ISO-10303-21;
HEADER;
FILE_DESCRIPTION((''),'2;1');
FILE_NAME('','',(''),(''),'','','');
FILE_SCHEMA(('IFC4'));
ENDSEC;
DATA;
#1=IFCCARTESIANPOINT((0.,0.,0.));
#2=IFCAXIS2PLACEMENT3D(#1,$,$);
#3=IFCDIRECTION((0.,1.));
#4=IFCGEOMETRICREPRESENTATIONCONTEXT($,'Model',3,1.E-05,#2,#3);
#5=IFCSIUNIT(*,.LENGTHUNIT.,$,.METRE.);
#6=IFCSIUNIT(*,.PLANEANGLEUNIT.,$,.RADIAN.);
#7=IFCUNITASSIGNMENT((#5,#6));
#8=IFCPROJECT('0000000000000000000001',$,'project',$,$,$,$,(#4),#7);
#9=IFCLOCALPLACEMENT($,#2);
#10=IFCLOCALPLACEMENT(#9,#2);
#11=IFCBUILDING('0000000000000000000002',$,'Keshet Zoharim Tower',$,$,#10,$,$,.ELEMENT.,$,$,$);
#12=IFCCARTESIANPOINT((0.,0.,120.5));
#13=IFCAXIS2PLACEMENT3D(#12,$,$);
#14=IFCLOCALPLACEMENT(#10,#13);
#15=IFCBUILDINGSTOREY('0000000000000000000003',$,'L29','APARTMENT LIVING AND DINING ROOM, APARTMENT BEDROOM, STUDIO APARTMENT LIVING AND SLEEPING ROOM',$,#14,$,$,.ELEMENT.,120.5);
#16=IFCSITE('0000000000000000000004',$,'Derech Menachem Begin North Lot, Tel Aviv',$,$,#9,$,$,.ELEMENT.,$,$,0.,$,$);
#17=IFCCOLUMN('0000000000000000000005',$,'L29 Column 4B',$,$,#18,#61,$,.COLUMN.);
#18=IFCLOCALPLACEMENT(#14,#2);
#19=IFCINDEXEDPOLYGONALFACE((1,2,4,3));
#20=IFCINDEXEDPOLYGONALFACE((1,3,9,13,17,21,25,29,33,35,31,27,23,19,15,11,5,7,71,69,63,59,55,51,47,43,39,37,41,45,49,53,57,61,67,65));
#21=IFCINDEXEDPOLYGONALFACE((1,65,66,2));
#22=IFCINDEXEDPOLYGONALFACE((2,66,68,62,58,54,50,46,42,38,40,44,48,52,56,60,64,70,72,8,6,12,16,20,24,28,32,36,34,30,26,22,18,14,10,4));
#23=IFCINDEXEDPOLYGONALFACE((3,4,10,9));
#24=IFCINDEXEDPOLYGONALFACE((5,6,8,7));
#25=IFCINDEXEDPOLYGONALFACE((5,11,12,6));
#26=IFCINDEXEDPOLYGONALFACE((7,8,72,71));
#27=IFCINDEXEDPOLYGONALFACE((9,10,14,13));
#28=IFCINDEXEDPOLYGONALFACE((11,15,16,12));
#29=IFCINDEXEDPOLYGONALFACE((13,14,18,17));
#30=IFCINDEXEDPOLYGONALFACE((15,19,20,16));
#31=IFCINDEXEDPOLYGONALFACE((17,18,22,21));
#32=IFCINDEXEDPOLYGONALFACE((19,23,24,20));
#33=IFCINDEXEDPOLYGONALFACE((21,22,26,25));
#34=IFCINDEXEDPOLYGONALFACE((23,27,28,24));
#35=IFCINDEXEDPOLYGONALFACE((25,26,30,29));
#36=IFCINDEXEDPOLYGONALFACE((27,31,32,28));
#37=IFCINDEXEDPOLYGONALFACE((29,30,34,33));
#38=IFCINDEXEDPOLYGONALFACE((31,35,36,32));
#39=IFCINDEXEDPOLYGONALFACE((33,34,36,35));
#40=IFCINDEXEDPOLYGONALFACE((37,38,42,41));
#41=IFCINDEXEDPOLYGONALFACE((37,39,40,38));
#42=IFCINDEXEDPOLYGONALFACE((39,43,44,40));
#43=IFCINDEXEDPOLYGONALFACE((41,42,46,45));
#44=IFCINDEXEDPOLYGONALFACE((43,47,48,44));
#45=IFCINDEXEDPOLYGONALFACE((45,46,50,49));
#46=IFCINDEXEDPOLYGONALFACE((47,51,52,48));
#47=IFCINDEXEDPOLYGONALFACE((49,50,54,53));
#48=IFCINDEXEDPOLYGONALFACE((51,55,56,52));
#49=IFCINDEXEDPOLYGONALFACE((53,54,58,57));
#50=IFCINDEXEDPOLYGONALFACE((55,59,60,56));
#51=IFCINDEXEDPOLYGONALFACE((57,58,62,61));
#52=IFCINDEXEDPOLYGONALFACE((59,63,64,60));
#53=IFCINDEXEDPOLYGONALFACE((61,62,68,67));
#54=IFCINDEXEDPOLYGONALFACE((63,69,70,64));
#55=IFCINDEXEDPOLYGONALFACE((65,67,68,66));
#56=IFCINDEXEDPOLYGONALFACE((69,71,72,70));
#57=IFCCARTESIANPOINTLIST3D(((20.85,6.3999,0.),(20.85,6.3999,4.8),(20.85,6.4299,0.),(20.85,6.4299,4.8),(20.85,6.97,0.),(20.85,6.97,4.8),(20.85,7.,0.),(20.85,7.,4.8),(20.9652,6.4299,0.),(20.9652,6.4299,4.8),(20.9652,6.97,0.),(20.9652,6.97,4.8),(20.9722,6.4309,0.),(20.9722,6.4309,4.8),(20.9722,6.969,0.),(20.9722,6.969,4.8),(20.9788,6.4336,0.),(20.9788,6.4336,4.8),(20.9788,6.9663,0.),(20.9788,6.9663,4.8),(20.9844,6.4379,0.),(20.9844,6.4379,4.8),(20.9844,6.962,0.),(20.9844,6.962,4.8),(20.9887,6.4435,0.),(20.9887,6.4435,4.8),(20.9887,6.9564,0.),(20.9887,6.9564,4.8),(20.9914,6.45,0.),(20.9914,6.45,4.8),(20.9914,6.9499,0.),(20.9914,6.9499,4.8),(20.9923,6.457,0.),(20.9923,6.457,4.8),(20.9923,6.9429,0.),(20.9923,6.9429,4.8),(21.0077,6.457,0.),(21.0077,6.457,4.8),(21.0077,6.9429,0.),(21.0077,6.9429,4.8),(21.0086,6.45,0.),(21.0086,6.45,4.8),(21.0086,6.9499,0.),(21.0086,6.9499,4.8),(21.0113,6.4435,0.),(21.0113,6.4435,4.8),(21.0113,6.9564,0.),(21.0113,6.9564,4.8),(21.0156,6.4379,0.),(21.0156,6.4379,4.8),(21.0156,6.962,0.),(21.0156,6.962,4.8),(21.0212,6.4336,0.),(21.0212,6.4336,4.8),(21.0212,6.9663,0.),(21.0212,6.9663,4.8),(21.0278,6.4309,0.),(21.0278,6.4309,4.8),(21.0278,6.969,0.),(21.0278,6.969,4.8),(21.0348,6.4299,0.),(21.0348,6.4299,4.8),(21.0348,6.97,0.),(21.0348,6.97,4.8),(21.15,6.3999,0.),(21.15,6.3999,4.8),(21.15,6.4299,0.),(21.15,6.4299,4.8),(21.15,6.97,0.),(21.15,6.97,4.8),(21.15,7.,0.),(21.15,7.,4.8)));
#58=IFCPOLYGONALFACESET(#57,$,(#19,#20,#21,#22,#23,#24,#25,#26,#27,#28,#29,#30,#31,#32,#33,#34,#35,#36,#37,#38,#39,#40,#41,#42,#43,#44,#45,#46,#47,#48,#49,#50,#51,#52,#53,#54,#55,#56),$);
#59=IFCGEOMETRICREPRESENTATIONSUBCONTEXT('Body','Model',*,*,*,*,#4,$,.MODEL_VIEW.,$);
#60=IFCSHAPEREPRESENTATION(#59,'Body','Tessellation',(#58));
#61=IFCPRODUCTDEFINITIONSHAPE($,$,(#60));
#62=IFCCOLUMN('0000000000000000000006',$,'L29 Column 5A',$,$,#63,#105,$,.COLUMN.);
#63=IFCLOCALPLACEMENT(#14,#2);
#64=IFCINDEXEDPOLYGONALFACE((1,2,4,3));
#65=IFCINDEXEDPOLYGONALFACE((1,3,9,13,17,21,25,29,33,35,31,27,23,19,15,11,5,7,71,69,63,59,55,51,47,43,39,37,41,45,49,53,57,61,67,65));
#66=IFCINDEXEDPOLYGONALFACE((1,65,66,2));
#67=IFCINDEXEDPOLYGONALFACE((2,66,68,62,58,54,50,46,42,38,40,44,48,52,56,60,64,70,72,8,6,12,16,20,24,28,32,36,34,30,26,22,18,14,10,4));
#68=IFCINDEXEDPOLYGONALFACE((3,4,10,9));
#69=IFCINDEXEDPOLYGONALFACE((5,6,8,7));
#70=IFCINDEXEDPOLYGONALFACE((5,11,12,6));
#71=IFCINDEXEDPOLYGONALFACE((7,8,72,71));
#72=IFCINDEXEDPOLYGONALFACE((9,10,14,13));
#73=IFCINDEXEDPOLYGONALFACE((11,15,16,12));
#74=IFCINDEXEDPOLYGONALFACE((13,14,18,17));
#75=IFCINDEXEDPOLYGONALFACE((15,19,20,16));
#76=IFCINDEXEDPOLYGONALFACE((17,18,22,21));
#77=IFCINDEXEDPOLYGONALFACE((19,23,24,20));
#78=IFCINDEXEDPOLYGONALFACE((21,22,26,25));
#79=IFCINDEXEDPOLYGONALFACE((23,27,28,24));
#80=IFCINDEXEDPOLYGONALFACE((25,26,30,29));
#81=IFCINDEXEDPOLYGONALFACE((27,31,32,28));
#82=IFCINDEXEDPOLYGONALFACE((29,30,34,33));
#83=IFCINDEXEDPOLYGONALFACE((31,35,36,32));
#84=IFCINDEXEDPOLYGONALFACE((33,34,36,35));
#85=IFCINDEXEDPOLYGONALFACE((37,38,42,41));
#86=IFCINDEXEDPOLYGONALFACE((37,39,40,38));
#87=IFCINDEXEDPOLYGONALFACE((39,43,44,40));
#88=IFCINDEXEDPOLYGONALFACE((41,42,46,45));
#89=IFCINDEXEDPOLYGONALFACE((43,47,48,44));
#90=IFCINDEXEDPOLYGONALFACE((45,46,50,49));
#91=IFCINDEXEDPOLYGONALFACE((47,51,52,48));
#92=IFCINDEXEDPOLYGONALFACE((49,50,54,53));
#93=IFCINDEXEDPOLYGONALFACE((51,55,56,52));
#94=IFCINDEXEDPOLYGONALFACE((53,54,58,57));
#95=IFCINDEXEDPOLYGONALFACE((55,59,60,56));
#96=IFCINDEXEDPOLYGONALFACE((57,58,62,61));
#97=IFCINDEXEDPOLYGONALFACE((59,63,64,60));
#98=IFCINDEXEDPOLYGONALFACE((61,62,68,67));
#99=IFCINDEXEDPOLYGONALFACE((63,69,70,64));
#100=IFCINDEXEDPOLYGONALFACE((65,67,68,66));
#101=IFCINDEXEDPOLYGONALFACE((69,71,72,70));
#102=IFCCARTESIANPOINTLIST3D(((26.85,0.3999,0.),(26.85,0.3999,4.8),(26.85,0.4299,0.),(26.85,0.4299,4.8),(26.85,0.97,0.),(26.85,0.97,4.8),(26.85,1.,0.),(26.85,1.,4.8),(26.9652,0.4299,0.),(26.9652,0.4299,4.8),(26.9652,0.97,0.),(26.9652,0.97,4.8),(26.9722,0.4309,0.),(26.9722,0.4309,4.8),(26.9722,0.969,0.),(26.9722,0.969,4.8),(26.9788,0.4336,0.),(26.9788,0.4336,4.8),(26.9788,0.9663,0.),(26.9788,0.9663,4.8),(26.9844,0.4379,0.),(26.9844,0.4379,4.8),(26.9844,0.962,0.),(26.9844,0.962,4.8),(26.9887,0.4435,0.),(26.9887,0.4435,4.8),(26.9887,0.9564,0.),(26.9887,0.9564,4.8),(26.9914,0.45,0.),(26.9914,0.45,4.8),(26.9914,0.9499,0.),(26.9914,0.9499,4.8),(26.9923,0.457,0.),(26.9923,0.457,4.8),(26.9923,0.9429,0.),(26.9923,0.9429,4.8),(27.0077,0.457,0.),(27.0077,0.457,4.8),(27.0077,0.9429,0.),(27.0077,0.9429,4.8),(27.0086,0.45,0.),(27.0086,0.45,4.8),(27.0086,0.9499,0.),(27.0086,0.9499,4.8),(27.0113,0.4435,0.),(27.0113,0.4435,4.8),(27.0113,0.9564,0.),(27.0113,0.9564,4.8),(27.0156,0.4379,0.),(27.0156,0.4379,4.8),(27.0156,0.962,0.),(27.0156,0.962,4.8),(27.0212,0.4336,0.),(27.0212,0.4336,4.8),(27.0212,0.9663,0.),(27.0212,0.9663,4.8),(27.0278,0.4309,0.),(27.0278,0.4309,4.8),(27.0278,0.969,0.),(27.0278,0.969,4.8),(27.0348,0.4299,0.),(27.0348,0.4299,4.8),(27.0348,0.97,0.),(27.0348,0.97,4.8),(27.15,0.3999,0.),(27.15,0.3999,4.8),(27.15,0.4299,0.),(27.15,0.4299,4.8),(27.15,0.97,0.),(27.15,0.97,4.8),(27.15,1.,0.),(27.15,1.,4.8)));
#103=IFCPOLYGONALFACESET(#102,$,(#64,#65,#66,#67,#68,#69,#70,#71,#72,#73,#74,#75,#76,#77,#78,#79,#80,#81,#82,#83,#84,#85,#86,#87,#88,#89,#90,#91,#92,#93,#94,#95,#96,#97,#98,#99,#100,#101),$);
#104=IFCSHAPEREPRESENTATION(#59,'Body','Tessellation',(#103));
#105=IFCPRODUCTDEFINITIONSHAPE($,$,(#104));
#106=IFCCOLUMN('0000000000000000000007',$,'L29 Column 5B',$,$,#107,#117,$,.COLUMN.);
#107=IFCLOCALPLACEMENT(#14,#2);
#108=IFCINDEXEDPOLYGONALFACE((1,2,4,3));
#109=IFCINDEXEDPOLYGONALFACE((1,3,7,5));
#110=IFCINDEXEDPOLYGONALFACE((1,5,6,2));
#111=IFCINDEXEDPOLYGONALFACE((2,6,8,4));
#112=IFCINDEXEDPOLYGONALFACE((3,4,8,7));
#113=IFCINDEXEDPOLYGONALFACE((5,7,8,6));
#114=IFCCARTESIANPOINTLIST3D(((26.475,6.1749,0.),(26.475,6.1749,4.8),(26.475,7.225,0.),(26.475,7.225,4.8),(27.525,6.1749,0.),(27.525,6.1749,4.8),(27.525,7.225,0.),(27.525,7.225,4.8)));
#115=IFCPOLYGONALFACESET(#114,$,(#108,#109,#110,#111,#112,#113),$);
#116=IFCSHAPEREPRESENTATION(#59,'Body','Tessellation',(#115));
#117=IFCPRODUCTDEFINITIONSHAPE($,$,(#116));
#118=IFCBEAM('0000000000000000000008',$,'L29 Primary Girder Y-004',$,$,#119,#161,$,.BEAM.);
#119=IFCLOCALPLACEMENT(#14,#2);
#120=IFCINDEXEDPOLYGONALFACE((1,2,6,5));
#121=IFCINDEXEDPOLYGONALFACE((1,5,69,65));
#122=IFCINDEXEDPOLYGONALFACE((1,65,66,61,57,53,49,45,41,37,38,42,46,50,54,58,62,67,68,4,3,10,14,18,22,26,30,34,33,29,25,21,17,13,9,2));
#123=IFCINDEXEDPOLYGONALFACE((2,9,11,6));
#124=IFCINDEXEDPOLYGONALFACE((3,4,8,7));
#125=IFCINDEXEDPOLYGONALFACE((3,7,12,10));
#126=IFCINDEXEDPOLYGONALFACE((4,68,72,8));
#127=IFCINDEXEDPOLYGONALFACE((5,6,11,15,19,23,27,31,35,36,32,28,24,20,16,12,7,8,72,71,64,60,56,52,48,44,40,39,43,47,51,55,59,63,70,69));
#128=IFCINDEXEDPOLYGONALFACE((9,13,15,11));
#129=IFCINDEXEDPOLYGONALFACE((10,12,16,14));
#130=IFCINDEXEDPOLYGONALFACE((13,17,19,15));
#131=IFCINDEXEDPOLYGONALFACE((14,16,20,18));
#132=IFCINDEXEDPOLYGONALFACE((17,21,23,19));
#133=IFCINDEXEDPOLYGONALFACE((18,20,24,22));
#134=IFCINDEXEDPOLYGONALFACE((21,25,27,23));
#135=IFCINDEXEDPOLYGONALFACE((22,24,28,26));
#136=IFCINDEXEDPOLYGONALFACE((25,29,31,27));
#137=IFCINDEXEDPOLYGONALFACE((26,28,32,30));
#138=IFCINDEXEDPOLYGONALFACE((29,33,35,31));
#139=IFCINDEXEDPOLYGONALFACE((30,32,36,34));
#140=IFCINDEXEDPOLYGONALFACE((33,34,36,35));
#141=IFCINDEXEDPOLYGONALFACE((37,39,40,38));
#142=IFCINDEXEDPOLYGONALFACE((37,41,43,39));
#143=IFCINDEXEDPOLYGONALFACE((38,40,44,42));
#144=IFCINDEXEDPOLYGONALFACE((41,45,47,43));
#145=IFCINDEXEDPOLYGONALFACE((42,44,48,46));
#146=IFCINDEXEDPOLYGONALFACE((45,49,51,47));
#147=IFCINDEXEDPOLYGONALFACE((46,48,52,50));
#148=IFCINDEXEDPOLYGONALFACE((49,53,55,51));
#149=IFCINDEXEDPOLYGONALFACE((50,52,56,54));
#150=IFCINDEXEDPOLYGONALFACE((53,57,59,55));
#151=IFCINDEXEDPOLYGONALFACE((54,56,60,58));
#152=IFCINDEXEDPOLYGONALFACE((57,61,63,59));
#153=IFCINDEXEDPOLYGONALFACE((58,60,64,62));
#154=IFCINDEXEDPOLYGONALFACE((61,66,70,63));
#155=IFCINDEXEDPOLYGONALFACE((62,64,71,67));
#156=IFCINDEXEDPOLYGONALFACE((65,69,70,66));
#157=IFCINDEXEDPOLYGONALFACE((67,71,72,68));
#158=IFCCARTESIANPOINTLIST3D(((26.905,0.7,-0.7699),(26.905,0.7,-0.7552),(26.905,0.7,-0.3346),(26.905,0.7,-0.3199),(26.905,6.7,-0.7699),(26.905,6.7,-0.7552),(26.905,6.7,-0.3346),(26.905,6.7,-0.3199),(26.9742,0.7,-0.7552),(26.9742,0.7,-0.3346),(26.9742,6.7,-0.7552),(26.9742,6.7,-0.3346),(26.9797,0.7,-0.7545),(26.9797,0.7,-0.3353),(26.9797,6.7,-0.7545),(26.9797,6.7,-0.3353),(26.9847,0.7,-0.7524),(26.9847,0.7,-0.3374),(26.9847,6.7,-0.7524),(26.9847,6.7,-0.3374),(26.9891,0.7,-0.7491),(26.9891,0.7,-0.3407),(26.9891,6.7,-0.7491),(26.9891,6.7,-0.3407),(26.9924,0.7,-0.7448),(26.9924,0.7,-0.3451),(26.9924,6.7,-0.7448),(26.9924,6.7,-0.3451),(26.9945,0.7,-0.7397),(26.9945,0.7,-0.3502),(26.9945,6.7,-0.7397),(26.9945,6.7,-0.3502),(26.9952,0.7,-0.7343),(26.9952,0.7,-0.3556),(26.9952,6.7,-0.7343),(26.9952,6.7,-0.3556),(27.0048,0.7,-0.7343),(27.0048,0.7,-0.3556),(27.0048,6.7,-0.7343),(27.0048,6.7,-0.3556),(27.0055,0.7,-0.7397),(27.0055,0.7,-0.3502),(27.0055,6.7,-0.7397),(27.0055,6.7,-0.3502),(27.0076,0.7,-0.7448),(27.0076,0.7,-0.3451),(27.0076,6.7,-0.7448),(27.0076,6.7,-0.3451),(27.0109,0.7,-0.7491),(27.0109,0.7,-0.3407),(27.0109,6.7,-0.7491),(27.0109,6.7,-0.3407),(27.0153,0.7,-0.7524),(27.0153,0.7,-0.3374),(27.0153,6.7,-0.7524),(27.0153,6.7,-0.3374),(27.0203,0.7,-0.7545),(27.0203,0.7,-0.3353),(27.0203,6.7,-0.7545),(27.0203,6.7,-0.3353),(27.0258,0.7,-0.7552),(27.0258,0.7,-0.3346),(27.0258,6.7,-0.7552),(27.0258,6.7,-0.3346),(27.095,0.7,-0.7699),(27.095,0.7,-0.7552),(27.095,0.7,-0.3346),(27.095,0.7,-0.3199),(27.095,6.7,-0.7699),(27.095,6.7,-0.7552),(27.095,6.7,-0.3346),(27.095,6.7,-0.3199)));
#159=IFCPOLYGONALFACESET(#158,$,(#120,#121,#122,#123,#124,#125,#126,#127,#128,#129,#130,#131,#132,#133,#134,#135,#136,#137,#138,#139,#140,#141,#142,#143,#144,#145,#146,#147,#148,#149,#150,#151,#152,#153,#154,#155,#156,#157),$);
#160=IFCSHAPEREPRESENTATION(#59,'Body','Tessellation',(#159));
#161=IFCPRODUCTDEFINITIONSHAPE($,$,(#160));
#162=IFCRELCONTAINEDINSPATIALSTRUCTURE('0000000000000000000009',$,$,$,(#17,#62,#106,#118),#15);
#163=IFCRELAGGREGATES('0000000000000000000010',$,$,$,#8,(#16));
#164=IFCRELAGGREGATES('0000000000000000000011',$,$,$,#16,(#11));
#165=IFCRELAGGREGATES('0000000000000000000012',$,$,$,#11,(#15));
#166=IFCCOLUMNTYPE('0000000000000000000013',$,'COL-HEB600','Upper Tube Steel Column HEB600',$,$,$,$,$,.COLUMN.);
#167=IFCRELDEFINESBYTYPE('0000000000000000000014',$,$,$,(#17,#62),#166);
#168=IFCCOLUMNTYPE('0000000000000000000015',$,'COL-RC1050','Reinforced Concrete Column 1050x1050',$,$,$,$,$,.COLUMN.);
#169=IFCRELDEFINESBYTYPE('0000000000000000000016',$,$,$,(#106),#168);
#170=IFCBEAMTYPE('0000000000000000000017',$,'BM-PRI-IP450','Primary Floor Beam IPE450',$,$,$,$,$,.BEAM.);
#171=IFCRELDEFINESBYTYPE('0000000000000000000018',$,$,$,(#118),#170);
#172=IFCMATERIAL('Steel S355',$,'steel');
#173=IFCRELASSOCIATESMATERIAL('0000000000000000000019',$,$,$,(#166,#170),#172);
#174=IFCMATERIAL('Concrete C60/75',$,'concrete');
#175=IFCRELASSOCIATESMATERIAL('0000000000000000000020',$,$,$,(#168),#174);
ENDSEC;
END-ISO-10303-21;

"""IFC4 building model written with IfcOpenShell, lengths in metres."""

from ifc_helpers import new_model, si_unit, direction, frame, origin, origin_2d, place, context, subcontext, project, spatial, rectangle, i_section, extrude, material, material_profile, profile_set, type_object, element, save


model = new_model("IFC4")

# Units and contexts
model_context = context("Model", 3, precision=1e-05, world=origin(), true_north=direction((0.0, 1.0)))
body_context = subcontext(model_context, "Body", "Model", "MODEL_VIEW")
ifc_project = project(units=[si_unit("LENGTHUNIT", "METRE"), si_unit("PLANEANGLEUNIT", "RADIAN")], contexts=[model_context])

# Site, building, storey
site_placement = place(None, origin())
site = spatial("IfcSite", under=ifc_project, at=site_placement, Name="Derech Menachem Begin North Lot, Tel Aviv", CompositionType="ELEMENT", RefElevation=0.0)
building_placement = place(site_placement, origin())
building = spatial("IfcBuilding", under=site, at=building_placement, Name="Keshet Zoharim Tower", CompositionType="ELEMENT")
storey_placement = place(building_placement, frame((0.0, 0.0, 120.5)))
storey = spatial("IfcBuildingStorey", under=building, at=storey_placement, Name="L29", Description="APARTMENT LIVING AND DINING ROOM, APARTMENT BEDROOM, STUDIO APARTMENT LIVING AND SLEEPING ROOM", CompositionType="ELEMENT", Elevation=120.5)

# Columns
ifc_material_1 = material(Name="Steel S355", Category="steel")
ifc_material_profile_1 = material_profile(ifc_material_1, i_section(OverallWidth=0.3, OverallDepth=0.6001, WebThickness=0.0154, FlangeThickness=0.03, FilletRadius=0.0271, at=origin_2d()), Name="HEB600")
ifc_profile_set_1 = profile_set([ifc_material_profile_1], Name="Steel S355")
column_type_1 = type_object("IfcColumnType", Name="COL-HEB600", Description="Upper Tube Steel Column HEB600", PredefinedType="COLUMN", material=ifc_profile_set_1)
for number, where, z_axis, x_axis, name in (
    (1, (21.0, 6.7, 0.0), (0.0, 0.0, 1.0), (1.0, 0.0, 0.0), "L29 Column 4B"),
    (2, (27.0, 0.7, 0.0), (0.0, 0.0, 1.0), (1.0, 0.0, 0.0), "L29 Column 5A"),
):
    element("IfcColumn", number, at=place(storey_placement, frame(where, z_axis=z_axis, x_axis=x_axis)), inside=storey, type_object=column_type_1, Name=name, PredefinedType="COLUMN", context=body_context, shape_type="SweptSolid", body=[
        extrude(i_section(OverallWidth=0.3, OverallDepth=0.6001, WebThickness=0.0154, FlangeThickness=0.03, FilletRadius=0.0271, at=origin_2d()), origin(), (0.0, 0.0, 1.0), 4.8),
    ])
ifc_material_2 = material(Name="Concrete C60/75", Category="concrete")
ifc_material_profile_2 = material_profile(ifc_material_2, rectangle(XDim=1.05, YDim=1.05, at=origin_2d()), Name="RC1050x1050")
ifc_profile_set_2 = profile_set([ifc_material_profile_2], Name="Concrete C60/75")
column_type_2 = type_object("IfcColumnType", Name="COL-RC1050", Description="Reinforced Concrete Column 1050x1050", PredefinedType="COLUMN", material=ifc_profile_set_2)
column_placement = place(storey_placement, frame((27.0, 6.7, 0.0), z_axis=(0.0, 0.0, 1.0), x_axis=(1.0, 0.0, 0.0)))
element("IfcColumn", 3, at=column_placement, inside=storey, type_object=column_type_2, Name="L29 Column 5B", PredefinedType="COLUMN", context=body_context, shape_type="SweptSolid", body=[
    extrude(rectangle(XDim=1.05, YDim=1.05, at=origin_2d()), origin(), (0.0, 0.0, 1.0), 4.8),
])

# Beam
ifc_material_profile_3 = material_profile(ifc_material_1, i_section(OverallWidth=0.1899, OverallDepth=0.45, WebThickness=0.0095, FlangeThickness=0.0146, FilletRadius=0.021, at=origin_2d()), Name="IPE450")
ifc_profile_set_3 = profile_set([ifc_material_profile_3], Name="Steel S355")
beam_type_1 = type_object("IfcBeamType", Name="BM-PRI-IP450", Description="Primary Floor Beam IPE450", PredefinedType="BEAM", material=ifc_profile_set_3)
beam_1_placement = place(storey_placement, frame((27.0, 0.7, -0.5449), z_axis=(0.0, 1.0, 0.0), x_axis=(-1.0, 0.0, 0.0)))
element("IfcBeam", 4, at=beam_1_placement, inside=storey, type_object=beam_type_1, Name="L29 Primary Girder Y-004", PredefinedType="BEAM", context=body_context, shape_type="SweptSolid", body=[
    extrude(i_section(OverallWidth=0.1899, OverallDepth=0.45, WebThickness=0.0095, FlangeThickness=0.0146, FilletRadius=0.021, at=origin_2d()), origin(), (0.0, 0.0, 1.0), 6.0),
])

save(model, "model.ifc")
